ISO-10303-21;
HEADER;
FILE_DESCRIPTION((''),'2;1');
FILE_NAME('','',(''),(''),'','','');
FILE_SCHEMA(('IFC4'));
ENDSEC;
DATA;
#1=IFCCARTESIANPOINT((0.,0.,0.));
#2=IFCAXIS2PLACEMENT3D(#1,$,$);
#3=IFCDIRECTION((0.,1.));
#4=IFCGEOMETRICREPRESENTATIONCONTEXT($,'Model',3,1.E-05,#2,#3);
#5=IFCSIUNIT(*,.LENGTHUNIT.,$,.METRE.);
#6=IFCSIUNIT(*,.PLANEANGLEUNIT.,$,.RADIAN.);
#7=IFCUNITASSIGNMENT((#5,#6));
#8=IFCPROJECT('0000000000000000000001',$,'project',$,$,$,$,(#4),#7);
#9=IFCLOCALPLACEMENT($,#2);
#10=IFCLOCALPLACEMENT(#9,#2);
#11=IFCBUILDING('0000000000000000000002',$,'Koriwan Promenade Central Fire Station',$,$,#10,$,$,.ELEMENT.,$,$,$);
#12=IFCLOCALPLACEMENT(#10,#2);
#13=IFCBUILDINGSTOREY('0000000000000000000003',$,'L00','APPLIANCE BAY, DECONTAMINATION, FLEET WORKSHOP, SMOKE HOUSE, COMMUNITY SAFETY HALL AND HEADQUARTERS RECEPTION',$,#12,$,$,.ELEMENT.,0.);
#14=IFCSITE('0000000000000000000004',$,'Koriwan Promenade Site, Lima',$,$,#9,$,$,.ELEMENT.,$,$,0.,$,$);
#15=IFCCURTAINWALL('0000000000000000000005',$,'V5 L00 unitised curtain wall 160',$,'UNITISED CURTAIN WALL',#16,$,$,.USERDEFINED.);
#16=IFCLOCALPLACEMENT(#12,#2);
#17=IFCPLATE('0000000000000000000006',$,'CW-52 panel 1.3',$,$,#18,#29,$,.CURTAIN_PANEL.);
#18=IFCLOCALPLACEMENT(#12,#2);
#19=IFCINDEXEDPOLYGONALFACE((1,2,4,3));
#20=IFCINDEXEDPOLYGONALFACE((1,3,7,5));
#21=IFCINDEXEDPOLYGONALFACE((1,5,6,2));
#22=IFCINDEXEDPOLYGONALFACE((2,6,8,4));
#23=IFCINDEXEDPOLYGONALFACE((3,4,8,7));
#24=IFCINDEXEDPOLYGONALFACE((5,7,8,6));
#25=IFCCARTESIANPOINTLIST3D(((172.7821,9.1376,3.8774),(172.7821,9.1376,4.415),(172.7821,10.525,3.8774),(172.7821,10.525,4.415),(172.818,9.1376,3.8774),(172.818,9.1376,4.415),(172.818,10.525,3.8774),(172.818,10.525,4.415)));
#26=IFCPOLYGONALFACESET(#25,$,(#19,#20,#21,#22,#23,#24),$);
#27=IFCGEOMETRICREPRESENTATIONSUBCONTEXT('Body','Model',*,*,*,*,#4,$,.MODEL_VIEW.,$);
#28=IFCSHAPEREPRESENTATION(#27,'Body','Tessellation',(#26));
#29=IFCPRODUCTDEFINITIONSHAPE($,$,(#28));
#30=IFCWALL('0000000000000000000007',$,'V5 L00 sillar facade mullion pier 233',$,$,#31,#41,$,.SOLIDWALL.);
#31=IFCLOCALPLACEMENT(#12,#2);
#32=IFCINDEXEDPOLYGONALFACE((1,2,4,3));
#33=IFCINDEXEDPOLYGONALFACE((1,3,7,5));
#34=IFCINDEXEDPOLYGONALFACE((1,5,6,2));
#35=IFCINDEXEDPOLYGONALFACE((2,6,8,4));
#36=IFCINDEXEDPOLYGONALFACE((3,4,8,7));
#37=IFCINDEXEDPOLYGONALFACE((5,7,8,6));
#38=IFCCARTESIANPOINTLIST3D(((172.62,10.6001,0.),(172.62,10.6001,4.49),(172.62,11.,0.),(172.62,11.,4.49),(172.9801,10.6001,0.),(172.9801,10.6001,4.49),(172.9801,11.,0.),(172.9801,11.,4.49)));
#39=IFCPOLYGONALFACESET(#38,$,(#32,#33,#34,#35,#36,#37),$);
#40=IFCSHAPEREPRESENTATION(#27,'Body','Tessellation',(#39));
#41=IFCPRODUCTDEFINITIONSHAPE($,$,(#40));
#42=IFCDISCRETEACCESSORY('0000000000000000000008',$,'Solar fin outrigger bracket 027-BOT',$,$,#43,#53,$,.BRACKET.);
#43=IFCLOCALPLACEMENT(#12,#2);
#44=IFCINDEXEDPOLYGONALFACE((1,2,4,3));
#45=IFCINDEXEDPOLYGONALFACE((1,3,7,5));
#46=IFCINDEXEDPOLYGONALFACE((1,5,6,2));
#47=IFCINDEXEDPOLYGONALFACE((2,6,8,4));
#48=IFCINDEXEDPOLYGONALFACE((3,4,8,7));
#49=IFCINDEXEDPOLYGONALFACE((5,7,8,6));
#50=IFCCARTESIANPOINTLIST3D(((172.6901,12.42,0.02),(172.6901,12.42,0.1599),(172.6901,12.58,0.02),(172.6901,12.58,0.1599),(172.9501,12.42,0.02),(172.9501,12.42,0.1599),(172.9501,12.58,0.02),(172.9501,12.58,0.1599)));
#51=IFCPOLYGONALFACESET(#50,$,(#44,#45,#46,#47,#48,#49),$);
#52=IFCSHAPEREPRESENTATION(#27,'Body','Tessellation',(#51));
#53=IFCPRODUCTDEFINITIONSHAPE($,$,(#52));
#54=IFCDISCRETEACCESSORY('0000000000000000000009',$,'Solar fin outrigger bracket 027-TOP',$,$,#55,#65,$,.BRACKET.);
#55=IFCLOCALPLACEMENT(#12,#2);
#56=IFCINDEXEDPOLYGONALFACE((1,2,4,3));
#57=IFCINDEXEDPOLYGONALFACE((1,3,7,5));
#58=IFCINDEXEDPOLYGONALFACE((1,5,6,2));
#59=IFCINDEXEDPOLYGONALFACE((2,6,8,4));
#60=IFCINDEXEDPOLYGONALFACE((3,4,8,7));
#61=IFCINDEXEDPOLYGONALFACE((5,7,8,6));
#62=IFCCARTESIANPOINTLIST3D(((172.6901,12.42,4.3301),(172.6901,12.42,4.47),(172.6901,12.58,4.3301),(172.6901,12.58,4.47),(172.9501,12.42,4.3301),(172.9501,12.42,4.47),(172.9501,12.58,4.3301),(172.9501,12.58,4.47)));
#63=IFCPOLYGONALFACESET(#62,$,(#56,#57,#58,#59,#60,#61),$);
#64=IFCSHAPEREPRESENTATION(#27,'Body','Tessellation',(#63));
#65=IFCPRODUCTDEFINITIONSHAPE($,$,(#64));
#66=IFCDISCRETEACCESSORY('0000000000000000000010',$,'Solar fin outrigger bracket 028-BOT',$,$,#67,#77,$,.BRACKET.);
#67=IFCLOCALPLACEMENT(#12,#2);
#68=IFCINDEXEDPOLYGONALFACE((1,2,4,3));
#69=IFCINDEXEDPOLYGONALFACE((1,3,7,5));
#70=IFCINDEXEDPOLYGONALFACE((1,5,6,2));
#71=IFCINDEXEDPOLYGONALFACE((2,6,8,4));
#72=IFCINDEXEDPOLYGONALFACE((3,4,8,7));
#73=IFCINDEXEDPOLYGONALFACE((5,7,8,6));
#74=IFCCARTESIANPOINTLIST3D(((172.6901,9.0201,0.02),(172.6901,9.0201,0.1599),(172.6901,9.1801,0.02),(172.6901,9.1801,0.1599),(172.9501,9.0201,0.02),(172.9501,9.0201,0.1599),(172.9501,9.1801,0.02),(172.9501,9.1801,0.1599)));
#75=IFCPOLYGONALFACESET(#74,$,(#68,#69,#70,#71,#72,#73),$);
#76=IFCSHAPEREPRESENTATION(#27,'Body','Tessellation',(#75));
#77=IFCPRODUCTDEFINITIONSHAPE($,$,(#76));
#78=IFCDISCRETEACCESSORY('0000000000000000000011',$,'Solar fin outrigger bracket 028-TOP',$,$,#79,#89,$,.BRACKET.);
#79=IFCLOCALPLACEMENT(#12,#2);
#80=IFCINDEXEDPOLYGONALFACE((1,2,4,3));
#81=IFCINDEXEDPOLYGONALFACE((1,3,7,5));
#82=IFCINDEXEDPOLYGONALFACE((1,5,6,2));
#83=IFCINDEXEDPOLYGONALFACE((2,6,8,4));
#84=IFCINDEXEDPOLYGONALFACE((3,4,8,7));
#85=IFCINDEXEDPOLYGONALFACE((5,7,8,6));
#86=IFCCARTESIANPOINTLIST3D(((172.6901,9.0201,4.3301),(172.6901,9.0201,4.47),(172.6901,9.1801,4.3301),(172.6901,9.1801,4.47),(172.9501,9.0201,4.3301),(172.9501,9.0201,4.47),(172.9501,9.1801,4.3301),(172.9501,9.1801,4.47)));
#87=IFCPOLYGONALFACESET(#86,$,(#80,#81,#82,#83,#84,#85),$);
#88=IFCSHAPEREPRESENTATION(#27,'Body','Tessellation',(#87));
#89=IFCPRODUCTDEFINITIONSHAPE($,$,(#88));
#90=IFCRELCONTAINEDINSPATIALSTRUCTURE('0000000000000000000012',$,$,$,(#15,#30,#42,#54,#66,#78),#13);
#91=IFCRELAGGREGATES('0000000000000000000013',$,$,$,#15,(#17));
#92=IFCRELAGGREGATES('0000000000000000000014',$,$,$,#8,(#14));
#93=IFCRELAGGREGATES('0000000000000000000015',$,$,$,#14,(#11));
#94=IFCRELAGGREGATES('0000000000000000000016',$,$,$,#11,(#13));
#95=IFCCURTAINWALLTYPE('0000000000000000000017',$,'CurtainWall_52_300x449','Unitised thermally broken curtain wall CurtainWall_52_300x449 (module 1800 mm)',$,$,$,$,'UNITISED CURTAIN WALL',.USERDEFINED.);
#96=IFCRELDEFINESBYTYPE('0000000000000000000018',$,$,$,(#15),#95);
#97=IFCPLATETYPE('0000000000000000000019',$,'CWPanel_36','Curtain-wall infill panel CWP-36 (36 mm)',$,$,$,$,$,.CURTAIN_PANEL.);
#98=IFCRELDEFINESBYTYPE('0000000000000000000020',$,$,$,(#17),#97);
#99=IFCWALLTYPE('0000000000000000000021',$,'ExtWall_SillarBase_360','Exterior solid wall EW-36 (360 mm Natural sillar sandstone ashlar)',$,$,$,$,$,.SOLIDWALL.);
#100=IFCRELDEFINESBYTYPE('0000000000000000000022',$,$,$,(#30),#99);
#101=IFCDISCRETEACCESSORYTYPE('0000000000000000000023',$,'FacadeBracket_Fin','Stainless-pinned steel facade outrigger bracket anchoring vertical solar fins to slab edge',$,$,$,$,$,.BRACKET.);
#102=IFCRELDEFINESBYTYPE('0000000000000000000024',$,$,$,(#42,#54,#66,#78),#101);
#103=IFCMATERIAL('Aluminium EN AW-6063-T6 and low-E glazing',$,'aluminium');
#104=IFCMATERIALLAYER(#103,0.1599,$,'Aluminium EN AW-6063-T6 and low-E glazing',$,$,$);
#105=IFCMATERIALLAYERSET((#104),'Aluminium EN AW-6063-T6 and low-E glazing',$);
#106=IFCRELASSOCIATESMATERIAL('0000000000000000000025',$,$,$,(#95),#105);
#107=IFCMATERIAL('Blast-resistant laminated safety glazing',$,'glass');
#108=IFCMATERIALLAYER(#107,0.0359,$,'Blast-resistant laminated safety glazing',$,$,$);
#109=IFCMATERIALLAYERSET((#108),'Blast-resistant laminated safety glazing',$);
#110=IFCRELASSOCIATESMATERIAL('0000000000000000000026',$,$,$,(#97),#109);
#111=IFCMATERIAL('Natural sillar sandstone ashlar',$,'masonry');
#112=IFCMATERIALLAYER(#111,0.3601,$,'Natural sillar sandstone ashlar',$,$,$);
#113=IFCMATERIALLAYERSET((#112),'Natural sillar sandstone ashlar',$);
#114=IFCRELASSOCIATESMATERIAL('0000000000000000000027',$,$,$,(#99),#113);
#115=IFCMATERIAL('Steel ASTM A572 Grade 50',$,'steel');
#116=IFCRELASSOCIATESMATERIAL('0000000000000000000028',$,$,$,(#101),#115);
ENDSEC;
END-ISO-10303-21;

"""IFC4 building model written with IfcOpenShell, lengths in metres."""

from ifc_helpers import new_model, si_unit, direction, frame, frame_2d, origin, origin_2d, place, context, subcontext, project, spatial, rectangle, extrude, material, layer, layer_set, type_object, element, aggregate, save


model = new_model("IFC4")

# Units and contexts
model_context = context("Model", 3, precision=1e-05, world=origin(), true_north=direction((0.0, 1.0)))
body_context = subcontext(model_context, "Body", "Model", "MODEL_VIEW")
ifc_project = project(units=[si_unit("LENGTHUNIT", "METRE"), si_unit("PLANEANGLEUNIT", "RADIAN")], contexts=[model_context])

# Site, building, storey
site_placement = place(None, origin())
site = spatial("IfcSite", under=ifc_project, at=site_placement, Name="Koriwan Promenade Site, Lima", CompositionType="ELEMENT", RefElevation=0.0)
building_placement = place(site_placement, origin())
building = spatial("IfcBuilding", under=site, at=building_placement, Name="Koriwan Promenade Central Fire Station", CompositionType="ELEMENT")
storey_placement = place(building_placement, origin())
storey = spatial("IfcBuildingStorey", under=building, at=storey_placement, Name="L00", Description="APPLIANCE BAY, DECONTAMINATION, FLEET WORKSHOP, SMOKE HOUSE, COMMUNITY SAFETY HALL AND HEADQUARTERS RECEPTION", CompositionType="ELEMENT", Elevation=0.0)

# Curtain wall
ifc_material_1 = material(Name="Aluminium EN AW-6063-T6 and low-E glazing", Category="aluminium")
ifc_layer_1 = layer(ifc_material_1, 0.1599, Name="Aluminium EN AW-6063-T6 and low-E glazing")
ifc_layer_set_1 = layer_set([ifc_layer_1], Name="Aluminium EN AW-6063-T6 and low-E glazing")
curtain_wall_type_1 = type_object("IfcCurtainWallType", Name="CurtainWall_52_300x449", Description="Unitised thermally broken curtain wall CurtainWall_52_300x449 (module 1800 mm)", ElementType="UNITISED CURTAIN WALL", PredefinedType="USERDEFINED", material=ifc_layer_set_1)
curtain_wall_1_placement = place(storey_placement, origin())
curtain_wall_1 = element("IfcCurtainWall", 1, at=curtain_wall_1_placement, inside=storey, type_object=curtain_wall_type_1, Name="V5 L00 unitised curtain wall 160", ObjectType="UNITISED CURTAIN WALL", PredefinedType="USERDEFINED")

# Plate
ifc_material_2 = material(Name="Blast-resistant laminated safety glazing", Category="glass")
ifc_layer_2 = layer(ifc_material_2, 0.0359, Name="Blast-resistant laminated safety glazing")
ifc_layer_set_2 = layer_set([ifc_layer_2], Name="Blast-resistant laminated safety glazing")
plate_type = type_object("IfcPlateType", Name="CWPanel_36", Description="Curtain-wall infill panel CWP-36 (36 mm)", PredefinedType="CURTAIN_PANEL", material=ifc_layer_set_2)
plate_1_placement = place(storey_placement, frame((172.8, 9.8313, 3.8774), z_axis=(0.0, 0.0, 1.0), x_axis=(0.0, -1.0, 0.0)))
plate_1 = element("IfcPlate", 2, at=plate_1_placement, type_object=plate_type, Name="CW-52 panel 1.3", PredefinedType="CURTAIN_PANEL", context=body_context, shape_type="SweptSolid", body=[
    extrude(rectangle(XDim=1.3875, YDim=0.0359, at=origin_2d()), origin(), (0.0, 0.0, 1.0), 0.5376),
])
aggregate(curtain_wall_1, [plate_1])

# Wall
ifc_material_3 = material(Name="Natural sillar sandstone ashlar", Category="masonry")
ifc_layer_3 = layer(ifc_material_3, 0.3601, Name="Natural sillar sandstone ashlar")
ifc_layer_set_3 = layer_set([ifc_layer_3], Name="Natural sillar sandstone ashlar")
wall_type = type_object("IfcWallType", Name="ExtWall_SillarBase_360", Description="Exterior solid wall EW-36 (360 mm Natural sillar sandstone ashlar)", PredefinedType="SOLIDWALL", material=ifc_layer_set_3)
wall_placement = place(storey_placement, frame((172.8, 11.0, 0.0), z_axis=(0.0, 0.0, 1.0), x_axis=(0.0, -1.0, 0.0)))
element("IfcWall", 3, at=wall_placement, inside=storey, type_object=wall_type, Name="V5 L00 sillar facade mullion pier 233", PredefinedType="SOLIDWALL", context=body_context, shape_type="SweptSolid", body=[
    extrude(rectangle(XDim=0.3999, YDim=0.3601, at=frame_2d((0.2, 0.0))), origin(), (0.0, 0.0, 1.0), 4.49),
])

# Discrete accessories
ifc_material_4 = material(Name="Steel ASTM A572 Grade 50", Category="steel")
discrete_accessory_type = type_object("IfcDiscreteAccessoryType", Name="FacadeBracket_Fin", Description="Stainless-pinned steel facade outrigger bracket anchoring vertical solar fins to slab edge", PredefinedType="BRACKET", material=ifc_material_4)
for number, where, z_axis, x_axis, name in (
    (4, (172.8201, 12.5, 0.02), (0.0, 0.0, 1.0), (1.0, 0.0, 0.0), "Solar fin outrigger bracket 027-BOT"),
    (5, (172.8201, 12.5, 4.3301), (0.0, 0.0, 1.0), (1.0, 0.0, 0.0), "Solar fin outrigger bracket 027-TOP"),
    (6, (172.8201, 9.1001, 0.02), (0.0, 0.0, 1.0), (1.0, 0.0, 0.0), "Solar fin outrigger bracket 028-BOT"),
    (7, (172.8201, 9.1001, 4.3301), (0.0, 0.0, 1.0), (1.0, 0.0, 0.0), "Solar fin outrigger bracket 028-TOP"),
):
    element("IfcDiscreteAccessory", number, at=place(storey_placement, frame(where, z_axis=z_axis, x_axis=x_axis)), inside=storey, type_object=discrete_accessory_type, Name=name, PredefinedType="BRACKET", context=body_context, shape_type="SweptSolid", body=[
        extrude(rectangle(XDim=0.26, YDim=0.1599, at=origin_2d()), origin(), (0.0, 0.0, 1.0), 0.1399),
    ])

save(model, "model.ifc")
